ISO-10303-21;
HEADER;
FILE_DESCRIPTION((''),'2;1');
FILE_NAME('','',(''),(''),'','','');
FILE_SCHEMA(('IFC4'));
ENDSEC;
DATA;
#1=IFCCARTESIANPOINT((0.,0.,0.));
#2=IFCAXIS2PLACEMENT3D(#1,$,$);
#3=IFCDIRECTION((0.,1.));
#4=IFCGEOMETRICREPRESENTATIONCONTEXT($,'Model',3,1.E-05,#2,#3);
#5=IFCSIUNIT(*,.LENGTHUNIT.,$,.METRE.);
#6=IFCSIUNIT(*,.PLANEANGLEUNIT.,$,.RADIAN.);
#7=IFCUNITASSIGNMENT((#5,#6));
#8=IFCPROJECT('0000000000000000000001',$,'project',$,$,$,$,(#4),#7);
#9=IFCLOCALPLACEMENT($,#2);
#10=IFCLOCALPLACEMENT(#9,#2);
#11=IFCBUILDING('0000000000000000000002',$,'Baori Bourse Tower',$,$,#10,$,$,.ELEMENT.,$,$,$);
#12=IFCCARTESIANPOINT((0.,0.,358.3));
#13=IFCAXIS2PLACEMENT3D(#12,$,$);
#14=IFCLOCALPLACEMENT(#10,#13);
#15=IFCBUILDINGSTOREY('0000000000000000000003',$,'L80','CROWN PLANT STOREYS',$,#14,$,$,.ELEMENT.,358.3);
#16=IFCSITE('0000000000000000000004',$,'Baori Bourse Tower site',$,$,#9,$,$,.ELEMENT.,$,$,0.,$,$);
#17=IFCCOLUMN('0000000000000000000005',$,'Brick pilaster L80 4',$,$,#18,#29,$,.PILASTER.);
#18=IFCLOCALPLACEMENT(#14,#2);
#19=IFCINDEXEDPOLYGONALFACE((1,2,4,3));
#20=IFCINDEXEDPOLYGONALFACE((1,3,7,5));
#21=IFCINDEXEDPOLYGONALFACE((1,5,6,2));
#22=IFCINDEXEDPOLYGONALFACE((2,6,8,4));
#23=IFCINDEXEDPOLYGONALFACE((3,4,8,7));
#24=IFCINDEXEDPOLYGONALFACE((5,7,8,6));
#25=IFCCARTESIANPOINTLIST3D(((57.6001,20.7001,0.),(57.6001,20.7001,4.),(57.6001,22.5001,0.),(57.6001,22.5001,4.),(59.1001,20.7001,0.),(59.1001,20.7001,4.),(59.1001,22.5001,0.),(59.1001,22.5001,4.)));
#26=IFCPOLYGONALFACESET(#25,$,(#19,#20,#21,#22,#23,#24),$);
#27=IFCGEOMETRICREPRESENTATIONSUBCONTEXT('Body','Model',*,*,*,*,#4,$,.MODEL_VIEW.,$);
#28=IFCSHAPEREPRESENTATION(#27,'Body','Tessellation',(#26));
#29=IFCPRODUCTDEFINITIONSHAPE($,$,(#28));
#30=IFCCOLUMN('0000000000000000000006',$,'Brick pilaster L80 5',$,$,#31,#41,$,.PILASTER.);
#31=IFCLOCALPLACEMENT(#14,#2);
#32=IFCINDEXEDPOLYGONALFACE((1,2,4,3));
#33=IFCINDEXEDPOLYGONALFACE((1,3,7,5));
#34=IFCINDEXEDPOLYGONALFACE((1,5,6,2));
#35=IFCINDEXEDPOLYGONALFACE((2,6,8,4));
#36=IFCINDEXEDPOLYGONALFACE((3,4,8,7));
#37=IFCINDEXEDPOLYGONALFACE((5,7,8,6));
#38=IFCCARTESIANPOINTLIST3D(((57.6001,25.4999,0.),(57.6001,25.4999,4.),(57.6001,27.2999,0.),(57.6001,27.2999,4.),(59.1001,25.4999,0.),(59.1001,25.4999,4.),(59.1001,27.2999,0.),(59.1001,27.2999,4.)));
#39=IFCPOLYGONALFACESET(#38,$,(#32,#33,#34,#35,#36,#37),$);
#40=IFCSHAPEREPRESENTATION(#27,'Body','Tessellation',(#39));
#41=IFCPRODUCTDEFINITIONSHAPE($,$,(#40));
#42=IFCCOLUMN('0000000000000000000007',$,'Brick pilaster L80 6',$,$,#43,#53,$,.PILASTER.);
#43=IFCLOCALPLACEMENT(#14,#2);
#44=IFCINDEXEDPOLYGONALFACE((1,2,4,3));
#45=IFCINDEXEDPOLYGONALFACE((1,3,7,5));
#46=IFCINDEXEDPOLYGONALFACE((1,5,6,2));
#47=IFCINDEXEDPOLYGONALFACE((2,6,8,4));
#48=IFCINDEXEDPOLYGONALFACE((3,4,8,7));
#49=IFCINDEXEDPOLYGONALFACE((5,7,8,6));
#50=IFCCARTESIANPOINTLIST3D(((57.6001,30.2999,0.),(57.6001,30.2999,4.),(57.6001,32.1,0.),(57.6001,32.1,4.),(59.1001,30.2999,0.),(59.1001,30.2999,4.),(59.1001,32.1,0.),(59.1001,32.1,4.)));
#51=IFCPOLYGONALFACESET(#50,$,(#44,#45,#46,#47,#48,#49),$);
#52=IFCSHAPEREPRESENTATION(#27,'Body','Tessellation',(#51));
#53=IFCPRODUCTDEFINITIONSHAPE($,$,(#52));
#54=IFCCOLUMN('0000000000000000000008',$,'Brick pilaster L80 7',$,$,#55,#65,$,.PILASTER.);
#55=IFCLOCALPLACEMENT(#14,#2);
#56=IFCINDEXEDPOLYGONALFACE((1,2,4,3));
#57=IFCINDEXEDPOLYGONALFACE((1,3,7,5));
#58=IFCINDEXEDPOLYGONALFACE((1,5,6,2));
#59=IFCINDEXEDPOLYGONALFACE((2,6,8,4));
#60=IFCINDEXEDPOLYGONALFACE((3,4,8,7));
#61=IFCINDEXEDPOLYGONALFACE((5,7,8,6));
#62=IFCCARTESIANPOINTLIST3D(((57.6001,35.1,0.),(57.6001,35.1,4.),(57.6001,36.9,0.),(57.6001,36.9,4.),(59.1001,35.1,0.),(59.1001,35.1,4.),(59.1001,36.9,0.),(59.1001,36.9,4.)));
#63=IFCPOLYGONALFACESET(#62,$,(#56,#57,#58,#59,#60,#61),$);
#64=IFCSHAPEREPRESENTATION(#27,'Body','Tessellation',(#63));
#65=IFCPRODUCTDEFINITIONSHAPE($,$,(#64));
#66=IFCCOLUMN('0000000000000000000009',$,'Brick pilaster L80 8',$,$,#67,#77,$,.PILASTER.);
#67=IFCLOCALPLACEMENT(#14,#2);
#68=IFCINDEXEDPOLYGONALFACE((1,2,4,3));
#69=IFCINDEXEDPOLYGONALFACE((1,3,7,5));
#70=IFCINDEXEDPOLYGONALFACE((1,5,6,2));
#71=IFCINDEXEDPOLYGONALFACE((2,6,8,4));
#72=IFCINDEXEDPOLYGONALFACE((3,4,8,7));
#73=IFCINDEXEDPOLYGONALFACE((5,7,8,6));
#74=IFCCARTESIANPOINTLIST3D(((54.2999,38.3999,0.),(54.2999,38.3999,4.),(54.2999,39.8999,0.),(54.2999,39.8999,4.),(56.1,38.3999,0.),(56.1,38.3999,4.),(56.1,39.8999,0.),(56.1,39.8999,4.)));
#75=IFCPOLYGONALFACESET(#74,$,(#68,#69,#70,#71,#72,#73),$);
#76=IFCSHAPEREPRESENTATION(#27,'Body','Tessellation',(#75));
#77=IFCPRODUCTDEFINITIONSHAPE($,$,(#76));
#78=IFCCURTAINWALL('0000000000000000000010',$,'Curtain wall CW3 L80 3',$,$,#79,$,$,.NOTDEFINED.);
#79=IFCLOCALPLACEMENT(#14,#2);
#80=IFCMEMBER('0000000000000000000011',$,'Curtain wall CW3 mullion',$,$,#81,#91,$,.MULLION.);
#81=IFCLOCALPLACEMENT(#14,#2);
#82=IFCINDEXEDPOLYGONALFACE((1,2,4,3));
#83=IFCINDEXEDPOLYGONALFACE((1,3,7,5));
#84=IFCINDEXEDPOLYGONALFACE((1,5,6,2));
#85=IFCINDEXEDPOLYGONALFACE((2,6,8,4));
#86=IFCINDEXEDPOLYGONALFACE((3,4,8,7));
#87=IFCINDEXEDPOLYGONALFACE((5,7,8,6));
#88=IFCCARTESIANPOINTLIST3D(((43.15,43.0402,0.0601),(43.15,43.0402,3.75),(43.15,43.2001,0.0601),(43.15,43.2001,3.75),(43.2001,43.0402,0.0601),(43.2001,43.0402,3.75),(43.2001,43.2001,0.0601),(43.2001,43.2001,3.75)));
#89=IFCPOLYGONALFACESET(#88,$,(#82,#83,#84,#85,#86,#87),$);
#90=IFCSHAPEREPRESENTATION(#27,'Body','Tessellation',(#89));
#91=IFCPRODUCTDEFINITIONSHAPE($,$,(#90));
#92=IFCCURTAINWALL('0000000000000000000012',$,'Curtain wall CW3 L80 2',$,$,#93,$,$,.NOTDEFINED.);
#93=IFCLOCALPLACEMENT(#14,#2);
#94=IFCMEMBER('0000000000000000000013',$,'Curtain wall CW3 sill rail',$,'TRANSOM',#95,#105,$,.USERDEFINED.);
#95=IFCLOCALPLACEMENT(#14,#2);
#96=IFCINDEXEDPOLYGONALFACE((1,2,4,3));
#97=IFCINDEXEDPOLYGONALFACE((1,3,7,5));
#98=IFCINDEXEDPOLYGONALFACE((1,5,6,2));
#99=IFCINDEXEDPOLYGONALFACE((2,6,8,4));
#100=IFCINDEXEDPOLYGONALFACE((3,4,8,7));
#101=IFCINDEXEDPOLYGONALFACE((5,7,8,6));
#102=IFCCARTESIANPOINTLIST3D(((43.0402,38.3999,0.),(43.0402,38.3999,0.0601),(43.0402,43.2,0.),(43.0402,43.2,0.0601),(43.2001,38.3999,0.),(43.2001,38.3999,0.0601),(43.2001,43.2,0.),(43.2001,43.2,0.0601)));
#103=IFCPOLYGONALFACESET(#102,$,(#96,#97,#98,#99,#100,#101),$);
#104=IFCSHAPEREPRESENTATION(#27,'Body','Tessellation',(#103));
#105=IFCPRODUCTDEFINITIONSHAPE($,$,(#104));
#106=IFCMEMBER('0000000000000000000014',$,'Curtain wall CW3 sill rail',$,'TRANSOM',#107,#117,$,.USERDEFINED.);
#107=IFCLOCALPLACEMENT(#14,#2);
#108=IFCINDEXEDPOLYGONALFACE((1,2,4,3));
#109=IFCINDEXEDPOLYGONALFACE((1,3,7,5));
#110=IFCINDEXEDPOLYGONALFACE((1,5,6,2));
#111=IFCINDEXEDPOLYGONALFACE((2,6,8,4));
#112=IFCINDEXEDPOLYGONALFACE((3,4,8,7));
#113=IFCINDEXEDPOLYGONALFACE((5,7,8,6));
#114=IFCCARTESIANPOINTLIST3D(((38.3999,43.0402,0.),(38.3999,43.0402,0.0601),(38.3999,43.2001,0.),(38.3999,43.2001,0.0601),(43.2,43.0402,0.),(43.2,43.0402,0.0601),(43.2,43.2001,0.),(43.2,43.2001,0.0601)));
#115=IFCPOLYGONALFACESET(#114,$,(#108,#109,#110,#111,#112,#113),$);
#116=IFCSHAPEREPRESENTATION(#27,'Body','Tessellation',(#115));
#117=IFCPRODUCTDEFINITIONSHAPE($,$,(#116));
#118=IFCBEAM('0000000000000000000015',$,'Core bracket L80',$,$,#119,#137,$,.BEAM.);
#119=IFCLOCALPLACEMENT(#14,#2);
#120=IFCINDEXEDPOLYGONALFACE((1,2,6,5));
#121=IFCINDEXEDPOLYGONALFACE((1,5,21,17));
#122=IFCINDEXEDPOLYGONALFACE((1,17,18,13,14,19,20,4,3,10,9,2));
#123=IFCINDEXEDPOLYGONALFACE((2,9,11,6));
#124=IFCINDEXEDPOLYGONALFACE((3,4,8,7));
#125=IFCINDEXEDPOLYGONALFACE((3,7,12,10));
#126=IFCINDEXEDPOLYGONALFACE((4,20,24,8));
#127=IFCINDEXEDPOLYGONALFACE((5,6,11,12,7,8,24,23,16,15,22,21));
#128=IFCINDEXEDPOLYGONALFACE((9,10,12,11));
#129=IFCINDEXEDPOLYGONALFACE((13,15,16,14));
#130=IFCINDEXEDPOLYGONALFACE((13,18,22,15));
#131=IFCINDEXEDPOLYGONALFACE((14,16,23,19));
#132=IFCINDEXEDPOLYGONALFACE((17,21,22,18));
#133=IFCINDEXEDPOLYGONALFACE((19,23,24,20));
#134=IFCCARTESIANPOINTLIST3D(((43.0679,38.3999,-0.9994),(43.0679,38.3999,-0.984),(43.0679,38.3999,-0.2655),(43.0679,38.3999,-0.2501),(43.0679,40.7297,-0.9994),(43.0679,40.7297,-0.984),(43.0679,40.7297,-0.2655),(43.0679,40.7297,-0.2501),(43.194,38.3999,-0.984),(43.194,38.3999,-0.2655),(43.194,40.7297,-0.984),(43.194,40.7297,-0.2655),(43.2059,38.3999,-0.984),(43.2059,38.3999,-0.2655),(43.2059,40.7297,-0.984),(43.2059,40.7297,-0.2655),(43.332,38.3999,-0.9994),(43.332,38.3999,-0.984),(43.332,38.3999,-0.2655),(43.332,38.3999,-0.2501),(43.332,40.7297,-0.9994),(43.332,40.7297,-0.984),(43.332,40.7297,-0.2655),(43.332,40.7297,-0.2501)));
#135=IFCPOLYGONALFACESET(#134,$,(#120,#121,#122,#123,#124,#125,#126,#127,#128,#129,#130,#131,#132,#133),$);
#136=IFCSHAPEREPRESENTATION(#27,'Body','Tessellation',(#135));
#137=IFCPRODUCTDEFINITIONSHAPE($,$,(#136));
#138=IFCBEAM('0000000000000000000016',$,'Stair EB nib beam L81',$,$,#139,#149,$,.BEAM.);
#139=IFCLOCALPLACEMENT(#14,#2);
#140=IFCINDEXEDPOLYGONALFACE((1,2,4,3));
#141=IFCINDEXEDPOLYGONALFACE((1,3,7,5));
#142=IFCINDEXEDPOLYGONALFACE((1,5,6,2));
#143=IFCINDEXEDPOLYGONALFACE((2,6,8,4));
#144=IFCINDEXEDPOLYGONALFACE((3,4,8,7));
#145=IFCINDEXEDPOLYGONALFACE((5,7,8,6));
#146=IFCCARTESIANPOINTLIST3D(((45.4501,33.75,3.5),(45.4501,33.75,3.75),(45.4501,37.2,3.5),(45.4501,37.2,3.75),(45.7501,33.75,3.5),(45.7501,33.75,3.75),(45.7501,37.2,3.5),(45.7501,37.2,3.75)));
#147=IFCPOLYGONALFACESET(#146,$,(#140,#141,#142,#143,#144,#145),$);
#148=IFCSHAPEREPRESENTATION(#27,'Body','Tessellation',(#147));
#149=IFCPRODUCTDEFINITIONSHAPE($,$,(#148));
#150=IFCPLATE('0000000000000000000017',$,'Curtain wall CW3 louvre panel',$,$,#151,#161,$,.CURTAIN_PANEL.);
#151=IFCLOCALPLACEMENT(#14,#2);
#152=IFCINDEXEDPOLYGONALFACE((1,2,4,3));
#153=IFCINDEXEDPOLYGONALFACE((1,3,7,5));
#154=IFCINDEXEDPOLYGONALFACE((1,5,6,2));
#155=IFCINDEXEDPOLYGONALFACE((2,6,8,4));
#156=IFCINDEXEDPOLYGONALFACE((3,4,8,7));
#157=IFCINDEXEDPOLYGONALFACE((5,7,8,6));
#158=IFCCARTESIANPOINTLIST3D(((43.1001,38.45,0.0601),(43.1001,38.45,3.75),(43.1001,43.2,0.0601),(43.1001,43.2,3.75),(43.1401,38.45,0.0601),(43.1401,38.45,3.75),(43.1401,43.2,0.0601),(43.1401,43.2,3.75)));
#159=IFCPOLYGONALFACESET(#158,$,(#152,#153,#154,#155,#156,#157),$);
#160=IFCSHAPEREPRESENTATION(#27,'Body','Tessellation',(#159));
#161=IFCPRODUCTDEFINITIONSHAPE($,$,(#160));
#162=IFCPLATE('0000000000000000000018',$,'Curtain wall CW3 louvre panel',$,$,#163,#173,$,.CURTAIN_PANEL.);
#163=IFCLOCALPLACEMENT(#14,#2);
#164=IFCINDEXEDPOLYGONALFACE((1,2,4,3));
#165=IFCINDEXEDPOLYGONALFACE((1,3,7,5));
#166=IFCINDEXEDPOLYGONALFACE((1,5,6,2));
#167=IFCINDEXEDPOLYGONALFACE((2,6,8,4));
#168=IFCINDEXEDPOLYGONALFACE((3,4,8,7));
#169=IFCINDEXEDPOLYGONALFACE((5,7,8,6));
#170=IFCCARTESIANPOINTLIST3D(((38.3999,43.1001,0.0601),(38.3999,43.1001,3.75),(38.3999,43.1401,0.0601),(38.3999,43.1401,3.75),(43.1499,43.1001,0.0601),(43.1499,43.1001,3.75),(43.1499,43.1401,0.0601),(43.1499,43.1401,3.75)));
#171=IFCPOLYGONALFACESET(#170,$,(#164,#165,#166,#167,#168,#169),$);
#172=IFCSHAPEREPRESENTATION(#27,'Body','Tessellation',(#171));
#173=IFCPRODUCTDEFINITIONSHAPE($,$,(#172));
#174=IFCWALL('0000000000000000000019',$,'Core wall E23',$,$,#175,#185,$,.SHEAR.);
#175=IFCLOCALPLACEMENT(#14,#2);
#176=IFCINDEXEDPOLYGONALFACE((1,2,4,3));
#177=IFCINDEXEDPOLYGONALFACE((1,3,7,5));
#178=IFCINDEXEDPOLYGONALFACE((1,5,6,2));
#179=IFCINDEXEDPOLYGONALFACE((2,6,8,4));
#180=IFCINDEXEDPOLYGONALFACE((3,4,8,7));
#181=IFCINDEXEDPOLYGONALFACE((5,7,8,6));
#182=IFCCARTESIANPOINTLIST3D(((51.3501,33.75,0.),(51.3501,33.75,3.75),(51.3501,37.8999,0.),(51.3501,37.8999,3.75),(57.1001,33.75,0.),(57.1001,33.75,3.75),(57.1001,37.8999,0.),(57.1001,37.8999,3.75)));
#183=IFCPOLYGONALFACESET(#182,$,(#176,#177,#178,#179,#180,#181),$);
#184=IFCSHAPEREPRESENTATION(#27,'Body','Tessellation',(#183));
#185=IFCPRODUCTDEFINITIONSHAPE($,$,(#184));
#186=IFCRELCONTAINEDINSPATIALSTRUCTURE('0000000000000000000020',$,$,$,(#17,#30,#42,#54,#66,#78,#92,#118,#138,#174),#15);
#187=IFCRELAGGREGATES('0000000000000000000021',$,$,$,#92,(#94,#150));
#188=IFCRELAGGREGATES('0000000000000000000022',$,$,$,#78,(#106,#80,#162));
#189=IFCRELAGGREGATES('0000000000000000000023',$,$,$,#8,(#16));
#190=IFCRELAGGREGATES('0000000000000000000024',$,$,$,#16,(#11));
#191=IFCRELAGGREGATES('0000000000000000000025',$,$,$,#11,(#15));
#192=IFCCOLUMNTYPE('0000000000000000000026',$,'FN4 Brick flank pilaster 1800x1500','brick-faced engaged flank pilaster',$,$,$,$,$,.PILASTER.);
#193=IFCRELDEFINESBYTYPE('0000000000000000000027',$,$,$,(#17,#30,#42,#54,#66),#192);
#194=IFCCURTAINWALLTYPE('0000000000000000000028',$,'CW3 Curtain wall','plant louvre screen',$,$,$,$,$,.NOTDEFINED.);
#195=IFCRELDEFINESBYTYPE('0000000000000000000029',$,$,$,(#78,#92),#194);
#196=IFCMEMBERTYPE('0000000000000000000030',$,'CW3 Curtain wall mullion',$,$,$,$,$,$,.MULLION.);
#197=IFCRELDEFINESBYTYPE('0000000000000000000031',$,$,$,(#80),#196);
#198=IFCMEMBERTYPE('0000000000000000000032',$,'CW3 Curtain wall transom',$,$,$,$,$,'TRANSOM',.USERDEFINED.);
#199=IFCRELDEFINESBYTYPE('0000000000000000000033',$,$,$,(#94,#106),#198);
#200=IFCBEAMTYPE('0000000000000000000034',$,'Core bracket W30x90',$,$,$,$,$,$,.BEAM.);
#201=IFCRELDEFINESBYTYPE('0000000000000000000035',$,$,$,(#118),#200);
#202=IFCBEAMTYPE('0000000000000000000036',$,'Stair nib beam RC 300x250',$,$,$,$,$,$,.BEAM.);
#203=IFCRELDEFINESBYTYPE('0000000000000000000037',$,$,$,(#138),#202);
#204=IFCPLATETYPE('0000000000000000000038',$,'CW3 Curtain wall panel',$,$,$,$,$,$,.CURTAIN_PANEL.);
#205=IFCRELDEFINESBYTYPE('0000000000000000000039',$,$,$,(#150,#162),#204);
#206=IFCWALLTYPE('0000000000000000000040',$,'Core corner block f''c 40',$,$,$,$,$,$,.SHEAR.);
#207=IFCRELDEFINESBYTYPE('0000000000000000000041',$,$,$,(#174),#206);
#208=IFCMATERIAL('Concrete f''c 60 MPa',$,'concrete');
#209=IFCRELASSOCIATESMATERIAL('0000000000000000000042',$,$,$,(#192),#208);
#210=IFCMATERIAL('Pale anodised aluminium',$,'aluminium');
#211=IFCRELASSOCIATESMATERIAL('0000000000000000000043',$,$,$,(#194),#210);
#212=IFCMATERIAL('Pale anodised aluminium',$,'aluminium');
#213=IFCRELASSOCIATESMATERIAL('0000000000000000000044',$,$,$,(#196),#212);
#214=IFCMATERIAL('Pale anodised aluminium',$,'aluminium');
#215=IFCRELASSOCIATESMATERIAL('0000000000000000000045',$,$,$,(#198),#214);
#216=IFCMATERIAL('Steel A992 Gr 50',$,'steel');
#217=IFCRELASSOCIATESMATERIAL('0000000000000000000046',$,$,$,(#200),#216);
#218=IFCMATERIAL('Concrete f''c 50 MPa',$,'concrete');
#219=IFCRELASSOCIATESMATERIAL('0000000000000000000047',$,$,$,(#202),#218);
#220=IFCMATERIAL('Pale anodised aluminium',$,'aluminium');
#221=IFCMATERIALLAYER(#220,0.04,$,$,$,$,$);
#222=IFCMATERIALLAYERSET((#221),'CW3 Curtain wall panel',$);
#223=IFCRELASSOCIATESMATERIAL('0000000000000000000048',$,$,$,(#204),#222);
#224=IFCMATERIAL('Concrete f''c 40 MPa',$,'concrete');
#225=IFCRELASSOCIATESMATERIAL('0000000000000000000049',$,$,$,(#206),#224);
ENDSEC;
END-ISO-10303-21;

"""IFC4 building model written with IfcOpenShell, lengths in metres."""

from ifc_helpers import new_model, si_unit, direction, frame, frame_2d, origin, origin_2d, place, context, subcontext, project, spatial, rectangle, i_section, extrude, material, layer, layer_set, material_profile, profile_set, type_object, element, aggregate, save


model = new_model("IFC4")

# Units and contexts
model_context = context("Model", 3, precision=1e-05, world=origin(), true_north=direction((0.0, 1.0)))
body_context = subcontext(model_context, "Body", "Model", "MODEL_VIEW")
ifc_project = project(units=[si_unit("LENGTHUNIT", "METRE"), si_unit("PLANEANGLEUNIT", "RADIAN")], contexts=[model_context])

# Site, building, storey
site_placement = place(None, origin())
site = spatial("IfcSite", under=ifc_project, at=site_placement, Name="Baori Bourse Tower site", CompositionType="ELEMENT", RefElevation=0.0)
building_placement = place(site_placement, origin())
building = spatial("IfcBuilding", under=site, at=building_placement, Name="Baori Bourse Tower", CompositionType="ELEMENT")
storey_placement = place(building_placement, frame((0.0, 0.0, 358.3)))
storey = spatial("IfcBuildingStorey", under=building, at=storey_placement, Name="L80", Description="CROWN PLANT STOREYS", CompositionType="ELEMENT", Elevation=358.3)

# Columns
ifc_material_1 = material(Name="Concrete f'c 60 MPa", Category="concrete")
ifc_material_profile_1 = material_profile(ifc_material_1, rectangle(XDim=1.8, YDim=1.5, at=origin_2d()), Name="RC 1800x1500")
ifc_profile_set_1 = profile_set([ifc_material_profile_1], Name="Concrete f'c 60 MPa")
column_type = type_object("IfcColumnType", Name="FN4 Brick flank pilaster 1800x1500", Description="brick-faced engaged flank pilaster", PredefinedType="PILASTER", material=ifc_profile_set_1)
for number, where, z_axis, x_axis, name in (
    (1, (58.3501, 21.6001, 0.0), (0.0, 0.0, 1.0), (0.0, 1.0, 0.0), "Brick pilaster L80 4"),
    (2, (58.3501, 26.3999, 0.0), (0.0, 0.0, 1.0), (0.0, 1.0, 0.0), "Brick pilaster L80 5"),
    (3, (58.3501, 31.2, 0.0), (0.0, 0.0, 1.0), (0.0, 1.0, 0.0), "Brick pilaster L80 6"),
    (4, (58.3501, 36.0, 0.0), (0.0, 0.0, 1.0), (0.0, 1.0, 0.0), "Brick pilaster L80 7"),
    (5, (55.2, 39.1499, 0.0), (0.0, 0.0, 1.0), (1.0, 0.0, 0.0), "Brick pilaster L80 8"),
):
    element("IfcColumn", number, at=place(storey_placement, frame(where, z_axis=z_axis, x_axis=x_axis)), inside=storey, type_object=column_type, Name=name, PredefinedType="PILASTER", context=body_context, shape_type="SweptSolid", body=[
        extrude(rectangle(XDim=1.8, YDim=1.5, at=origin_2d()), origin(), (0.0, 0.0, 1.0), 4.0),
    ])

# Curtain walls, members
ifc_material_2 = material(Name="Pale anodised aluminium", Category="aluminium")
curtain_wall_type = type_object("IfcCurtainWallType", Name="CW3 Curtain wall", Description="plant louvre screen", PredefinedType="NOTDEFINED", material=ifc_material_2)
curtain_wall_1_placement = place(storey_placement, origin())
curtain_wall_1 = element("IfcCurtainWall", 6, at=curtain_wall_1_placement, inside=storey, type_object=curtain_wall_type, Name="Curtain wall CW3 L80 3", PredefinedType="NOTDEFINED")
ifc_material_3 = material(Name="Pale anodised aluminium", Category="aluminium")
ifc_material_profile_2 = material_profile(ifc_material_3, rectangle(XDim=0.1599, YDim=0.05, at=origin_2d()), Name="Mullion 50x160")
ifc_profile_set_2 = profile_set([ifc_material_profile_2], Name="Pale anodised aluminium")
member_type_1 = type_object("IfcMemberType", Name="CW3 Curtain wall mullion", PredefinedType="MULLION", material=ifc_profile_set_2)
member_1_placement = place(storey_placement, frame((43.175, 43.1201, 0.0601), z_axis=(0.0, 0.0, 1.0), x_axis=(0.0, -1.0, 0.0)))
member_1 = element("IfcMember", 7, at=member_1_placement, type_object=member_type_1, Name="Curtain wall CW3 mullion", PredefinedType="MULLION", context=body_context, shape_type="SweptSolid", body=[
    extrude(rectangle(XDim=0.1599, YDim=0.05, at=origin_2d()), origin(), (0.0, 0.0, 1.0), 3.6899),
])
curtain_wall_2_placement = place(storey_placement, origin())
curtain_wall_2 = element("IfcCurtainWall", 8, at=curtain_wall_2_placement, inside=storey, type_object=curtain_wall_type, Name="Curtain wall CW3 L80 2", PredefinedType="NOTDEFINED")
ifc_material_4 = material(Name="Pale anodised aluminium", Category="aluminium")
ifc_material_profile_3 = material_profile(ifc_material_4, rectangle(XDim=0.1599, YDim=0.0601, at=origin_2d()), Name="Transom 60x160")
ifc_profile_set_3 = profile_set([ifc_material_profile_3], Name="Pale anodised aluminium")
member_type_2 = type_object("IfcMemberType", Name="CW3 Curtain wall transom", ElementType="TRANSOM", PredefinedType="USERDEFINED", material=ifc_profile_set_3)
member_2_placement = place(storey_placement, frame((43.1201, 38.3999, 0.03), z_axis=(0.0, 1.0, 0.0), x_axis=(-1.0, 0.0, 0.0)))
member_2 = element("IfcMember", 9, at=member_2_placement, type_object=member_type_2, Name="Curtain wall CW3 sill rail", ObjectType="TRANSOM", PredefinedType="USERDEFINED", context=body_context, shape_type="SweptSolid", body=[
    extrude(rectangle(XDim=0.1599, YDim=0.0601, at=origin_2d()), origin(), (0.0, 0.0, 1.0), 4.8),
])

# Member
member_3_placement = place(storey_placement, frame((43.2, 43.1201, 0.03), z_axis=(-1.0, 0.0, 0.0), x_axis=(0.0, -1.0, 0.0)))
member_3 = element("IfcMember", 10, at=member_3_placement, type_object=member_type_2, Name="Curtain wall CW3 sill rail", ObjectType="TRANSOM", PredefinedType="USERDEFINED", context=body_context, shape_type="SweptSolid", body=[
    extrude(rectangle(XDim=0.1599, YDim=0.0601, at=origin_2d()), origin(), (0.0, 0.0, 1.0), 4.8),
])

# Beams
ifc_material_5 = material(Name="Steel A992 Gr 50", Category="steel")
ifc_material_profile_4 = material_profile(ifc_material_5, i_section(OverallWidth=0.2642, OverallDepth=0.7493, WebThickness=0.012, FlangeThickness=0.0154, at=origin_2d()), Name="W30x90")
ifc_profile_set_4 = profile_set([ifc_material_profile_4], Name="Steel A992 Gr 50")
beam_type_1 = type_object("IfcBeamType", Name="Core bracket W30x90", PredefinedType="BEAM", material=ifc_profile_set_4)
beam_1_placement = place(storey_placement, frame((43.2, 38.3999, -0.6248), z_axis=(0.0, 1.0, 0.0), x_axis=(-1.0, 0.0, 0.0)))
element("IfcBeam", 11, at=beam_1_placement, inside=storey, type_object=beam_type_1, Name="Core bracket L80", PredefinedType="BEAM", context=body_context, shape_type="SweptSolid", body=[
    extrude(i_section(OverallWidth=0.2642, OverallDepth=0.7493, WebThickness=0.012, FlangeThickness=0.0154, at=origin_2d()), origin(), (0.0, 0.0, 1.0), 2.3298),
])
ifc_material_6 = material(Name="Concrete f'c 50 MPa", Category="concrete")
ifc_material_profile_5 = material_profile(ifc_material_6, rectangle(XDim=0.3, YDim=0.25, at=origin_2d()), Name="RC 300x250")
ifc_profile_set_5 = profile_set([ifc_material_profile_5], Name="Concrete f'c 50 MPa")
beam_type_2 = type_object("IfcBeamType", Name="Stair nib beam RC 300x250", PredefinedType="BEAM", material=ifc_profile_set_5)
beam_2_placement = place(storey_placement, frame((45.6001, 33.75, 3.625), z_axis=(0.0, 1.0, 0.0), x_axis=(-1.0, 0.0, 0.0)))
element("IfcBeam", 12, at=beam_2_placement, inside=storey, type_object=beam_type_2, Name="Stair EB nib beam L81", PredefinedType="BEAM", context=body_context, shape_type="SweptSolid", body=[
    extrude(rectangle(XDim=0.3, YDim=0.25, at=origin_2d()), origin(), (0.0, 0.0, 1.0), 3.45),
])

# Plates
ifc_material_7 = material(Name="Pale anodised aluminium", Category="aluminium")
ifc_layer_1 = layer(ifc_material_7, 0.04)
ifc_layer_set_1 = layer_set([ifc_layer_1], Name="CW3 Curtain wall panel")
plate_type = type_object("IfcPlateType", Name="CW3 Curtain wall panel", PredefinedType="CURTAIN_PANEL", material=ifc_layer_set_1)
plate_1_placement = place(storey_placement, frame((43.1201, 40.825, 0.0601), z_axis=(0.0, 0.0, 1.0), x_axis=(0.0, 1.0, 0.0)))
plate_1 = element("IfcPlate", 13, at=plate_1_placement, type_object=plate_type, Name="Curtain wall CW3 louvre panel", PredefinedType="CURTAIN_PANEL", context=body_context, shape_type="SweptSolid", body=[
    extrude(rectangle(XDim=4.75, YDim=0.04, at=origin_2d()), origin(), (0.0, 0.0, 1.0), 3.6899),
])
aggregate(curtain_wall_2, [member_2, plate_1])
plate_2_placement = place(storey_placement, frame((40.7749, 43.1201, 0.0601), z_axis=(0.0, 0.0, 1.0), x_axis=(-1.0, 0.0, 0.0)))
plate_2 = element("IfcPlate", 14, at=plate_2_placement, type_object=plate_type, Name="Curtain wall CW3 louvre panel", PredefinedType="CURTAIN_PANEL", context=body_context, shape_type="SweptSolid", body=[
    extrude(rectangle(XDim=4.75, YDim=0.04, at=origin_2d()), origin(), (0.0, 0.0, 1.0), 3.6899),
])
aggregate(curtain_wall_1, [member_3, member_1, plate_2])

# Wall
ifc_material_8 = material(Name="Concrete f'c 40 MPa", Category="concrete")
wall_type_1 = type_object("IfcWallType", Name="Core corner block f'c 40", PredefinedType="SHEAR", material=ifc_material_8)
wall_1_placement = place(storey_placement, frame((51.3501, 35.825, 0.0), z_axis=(0.0, 0.0, 1.0), x_axis=(1.0, 0.0, 0.0)))
element("IfcWall", 15, at=wall_1_placement, inside=storey, type_object=wall_type_1, Name="Core wall E23", PredefinedType="SHEAR", context=body_context, shape_type="SweptSolid", body=[
    extrude(rectangle(XDim=5.75, YDim=4.1499, at=frame_2d((2.875, 0.0))), origin(), (0.0, 0.0, 1.0), 3.75),
])

save(model, "model.ifc")
